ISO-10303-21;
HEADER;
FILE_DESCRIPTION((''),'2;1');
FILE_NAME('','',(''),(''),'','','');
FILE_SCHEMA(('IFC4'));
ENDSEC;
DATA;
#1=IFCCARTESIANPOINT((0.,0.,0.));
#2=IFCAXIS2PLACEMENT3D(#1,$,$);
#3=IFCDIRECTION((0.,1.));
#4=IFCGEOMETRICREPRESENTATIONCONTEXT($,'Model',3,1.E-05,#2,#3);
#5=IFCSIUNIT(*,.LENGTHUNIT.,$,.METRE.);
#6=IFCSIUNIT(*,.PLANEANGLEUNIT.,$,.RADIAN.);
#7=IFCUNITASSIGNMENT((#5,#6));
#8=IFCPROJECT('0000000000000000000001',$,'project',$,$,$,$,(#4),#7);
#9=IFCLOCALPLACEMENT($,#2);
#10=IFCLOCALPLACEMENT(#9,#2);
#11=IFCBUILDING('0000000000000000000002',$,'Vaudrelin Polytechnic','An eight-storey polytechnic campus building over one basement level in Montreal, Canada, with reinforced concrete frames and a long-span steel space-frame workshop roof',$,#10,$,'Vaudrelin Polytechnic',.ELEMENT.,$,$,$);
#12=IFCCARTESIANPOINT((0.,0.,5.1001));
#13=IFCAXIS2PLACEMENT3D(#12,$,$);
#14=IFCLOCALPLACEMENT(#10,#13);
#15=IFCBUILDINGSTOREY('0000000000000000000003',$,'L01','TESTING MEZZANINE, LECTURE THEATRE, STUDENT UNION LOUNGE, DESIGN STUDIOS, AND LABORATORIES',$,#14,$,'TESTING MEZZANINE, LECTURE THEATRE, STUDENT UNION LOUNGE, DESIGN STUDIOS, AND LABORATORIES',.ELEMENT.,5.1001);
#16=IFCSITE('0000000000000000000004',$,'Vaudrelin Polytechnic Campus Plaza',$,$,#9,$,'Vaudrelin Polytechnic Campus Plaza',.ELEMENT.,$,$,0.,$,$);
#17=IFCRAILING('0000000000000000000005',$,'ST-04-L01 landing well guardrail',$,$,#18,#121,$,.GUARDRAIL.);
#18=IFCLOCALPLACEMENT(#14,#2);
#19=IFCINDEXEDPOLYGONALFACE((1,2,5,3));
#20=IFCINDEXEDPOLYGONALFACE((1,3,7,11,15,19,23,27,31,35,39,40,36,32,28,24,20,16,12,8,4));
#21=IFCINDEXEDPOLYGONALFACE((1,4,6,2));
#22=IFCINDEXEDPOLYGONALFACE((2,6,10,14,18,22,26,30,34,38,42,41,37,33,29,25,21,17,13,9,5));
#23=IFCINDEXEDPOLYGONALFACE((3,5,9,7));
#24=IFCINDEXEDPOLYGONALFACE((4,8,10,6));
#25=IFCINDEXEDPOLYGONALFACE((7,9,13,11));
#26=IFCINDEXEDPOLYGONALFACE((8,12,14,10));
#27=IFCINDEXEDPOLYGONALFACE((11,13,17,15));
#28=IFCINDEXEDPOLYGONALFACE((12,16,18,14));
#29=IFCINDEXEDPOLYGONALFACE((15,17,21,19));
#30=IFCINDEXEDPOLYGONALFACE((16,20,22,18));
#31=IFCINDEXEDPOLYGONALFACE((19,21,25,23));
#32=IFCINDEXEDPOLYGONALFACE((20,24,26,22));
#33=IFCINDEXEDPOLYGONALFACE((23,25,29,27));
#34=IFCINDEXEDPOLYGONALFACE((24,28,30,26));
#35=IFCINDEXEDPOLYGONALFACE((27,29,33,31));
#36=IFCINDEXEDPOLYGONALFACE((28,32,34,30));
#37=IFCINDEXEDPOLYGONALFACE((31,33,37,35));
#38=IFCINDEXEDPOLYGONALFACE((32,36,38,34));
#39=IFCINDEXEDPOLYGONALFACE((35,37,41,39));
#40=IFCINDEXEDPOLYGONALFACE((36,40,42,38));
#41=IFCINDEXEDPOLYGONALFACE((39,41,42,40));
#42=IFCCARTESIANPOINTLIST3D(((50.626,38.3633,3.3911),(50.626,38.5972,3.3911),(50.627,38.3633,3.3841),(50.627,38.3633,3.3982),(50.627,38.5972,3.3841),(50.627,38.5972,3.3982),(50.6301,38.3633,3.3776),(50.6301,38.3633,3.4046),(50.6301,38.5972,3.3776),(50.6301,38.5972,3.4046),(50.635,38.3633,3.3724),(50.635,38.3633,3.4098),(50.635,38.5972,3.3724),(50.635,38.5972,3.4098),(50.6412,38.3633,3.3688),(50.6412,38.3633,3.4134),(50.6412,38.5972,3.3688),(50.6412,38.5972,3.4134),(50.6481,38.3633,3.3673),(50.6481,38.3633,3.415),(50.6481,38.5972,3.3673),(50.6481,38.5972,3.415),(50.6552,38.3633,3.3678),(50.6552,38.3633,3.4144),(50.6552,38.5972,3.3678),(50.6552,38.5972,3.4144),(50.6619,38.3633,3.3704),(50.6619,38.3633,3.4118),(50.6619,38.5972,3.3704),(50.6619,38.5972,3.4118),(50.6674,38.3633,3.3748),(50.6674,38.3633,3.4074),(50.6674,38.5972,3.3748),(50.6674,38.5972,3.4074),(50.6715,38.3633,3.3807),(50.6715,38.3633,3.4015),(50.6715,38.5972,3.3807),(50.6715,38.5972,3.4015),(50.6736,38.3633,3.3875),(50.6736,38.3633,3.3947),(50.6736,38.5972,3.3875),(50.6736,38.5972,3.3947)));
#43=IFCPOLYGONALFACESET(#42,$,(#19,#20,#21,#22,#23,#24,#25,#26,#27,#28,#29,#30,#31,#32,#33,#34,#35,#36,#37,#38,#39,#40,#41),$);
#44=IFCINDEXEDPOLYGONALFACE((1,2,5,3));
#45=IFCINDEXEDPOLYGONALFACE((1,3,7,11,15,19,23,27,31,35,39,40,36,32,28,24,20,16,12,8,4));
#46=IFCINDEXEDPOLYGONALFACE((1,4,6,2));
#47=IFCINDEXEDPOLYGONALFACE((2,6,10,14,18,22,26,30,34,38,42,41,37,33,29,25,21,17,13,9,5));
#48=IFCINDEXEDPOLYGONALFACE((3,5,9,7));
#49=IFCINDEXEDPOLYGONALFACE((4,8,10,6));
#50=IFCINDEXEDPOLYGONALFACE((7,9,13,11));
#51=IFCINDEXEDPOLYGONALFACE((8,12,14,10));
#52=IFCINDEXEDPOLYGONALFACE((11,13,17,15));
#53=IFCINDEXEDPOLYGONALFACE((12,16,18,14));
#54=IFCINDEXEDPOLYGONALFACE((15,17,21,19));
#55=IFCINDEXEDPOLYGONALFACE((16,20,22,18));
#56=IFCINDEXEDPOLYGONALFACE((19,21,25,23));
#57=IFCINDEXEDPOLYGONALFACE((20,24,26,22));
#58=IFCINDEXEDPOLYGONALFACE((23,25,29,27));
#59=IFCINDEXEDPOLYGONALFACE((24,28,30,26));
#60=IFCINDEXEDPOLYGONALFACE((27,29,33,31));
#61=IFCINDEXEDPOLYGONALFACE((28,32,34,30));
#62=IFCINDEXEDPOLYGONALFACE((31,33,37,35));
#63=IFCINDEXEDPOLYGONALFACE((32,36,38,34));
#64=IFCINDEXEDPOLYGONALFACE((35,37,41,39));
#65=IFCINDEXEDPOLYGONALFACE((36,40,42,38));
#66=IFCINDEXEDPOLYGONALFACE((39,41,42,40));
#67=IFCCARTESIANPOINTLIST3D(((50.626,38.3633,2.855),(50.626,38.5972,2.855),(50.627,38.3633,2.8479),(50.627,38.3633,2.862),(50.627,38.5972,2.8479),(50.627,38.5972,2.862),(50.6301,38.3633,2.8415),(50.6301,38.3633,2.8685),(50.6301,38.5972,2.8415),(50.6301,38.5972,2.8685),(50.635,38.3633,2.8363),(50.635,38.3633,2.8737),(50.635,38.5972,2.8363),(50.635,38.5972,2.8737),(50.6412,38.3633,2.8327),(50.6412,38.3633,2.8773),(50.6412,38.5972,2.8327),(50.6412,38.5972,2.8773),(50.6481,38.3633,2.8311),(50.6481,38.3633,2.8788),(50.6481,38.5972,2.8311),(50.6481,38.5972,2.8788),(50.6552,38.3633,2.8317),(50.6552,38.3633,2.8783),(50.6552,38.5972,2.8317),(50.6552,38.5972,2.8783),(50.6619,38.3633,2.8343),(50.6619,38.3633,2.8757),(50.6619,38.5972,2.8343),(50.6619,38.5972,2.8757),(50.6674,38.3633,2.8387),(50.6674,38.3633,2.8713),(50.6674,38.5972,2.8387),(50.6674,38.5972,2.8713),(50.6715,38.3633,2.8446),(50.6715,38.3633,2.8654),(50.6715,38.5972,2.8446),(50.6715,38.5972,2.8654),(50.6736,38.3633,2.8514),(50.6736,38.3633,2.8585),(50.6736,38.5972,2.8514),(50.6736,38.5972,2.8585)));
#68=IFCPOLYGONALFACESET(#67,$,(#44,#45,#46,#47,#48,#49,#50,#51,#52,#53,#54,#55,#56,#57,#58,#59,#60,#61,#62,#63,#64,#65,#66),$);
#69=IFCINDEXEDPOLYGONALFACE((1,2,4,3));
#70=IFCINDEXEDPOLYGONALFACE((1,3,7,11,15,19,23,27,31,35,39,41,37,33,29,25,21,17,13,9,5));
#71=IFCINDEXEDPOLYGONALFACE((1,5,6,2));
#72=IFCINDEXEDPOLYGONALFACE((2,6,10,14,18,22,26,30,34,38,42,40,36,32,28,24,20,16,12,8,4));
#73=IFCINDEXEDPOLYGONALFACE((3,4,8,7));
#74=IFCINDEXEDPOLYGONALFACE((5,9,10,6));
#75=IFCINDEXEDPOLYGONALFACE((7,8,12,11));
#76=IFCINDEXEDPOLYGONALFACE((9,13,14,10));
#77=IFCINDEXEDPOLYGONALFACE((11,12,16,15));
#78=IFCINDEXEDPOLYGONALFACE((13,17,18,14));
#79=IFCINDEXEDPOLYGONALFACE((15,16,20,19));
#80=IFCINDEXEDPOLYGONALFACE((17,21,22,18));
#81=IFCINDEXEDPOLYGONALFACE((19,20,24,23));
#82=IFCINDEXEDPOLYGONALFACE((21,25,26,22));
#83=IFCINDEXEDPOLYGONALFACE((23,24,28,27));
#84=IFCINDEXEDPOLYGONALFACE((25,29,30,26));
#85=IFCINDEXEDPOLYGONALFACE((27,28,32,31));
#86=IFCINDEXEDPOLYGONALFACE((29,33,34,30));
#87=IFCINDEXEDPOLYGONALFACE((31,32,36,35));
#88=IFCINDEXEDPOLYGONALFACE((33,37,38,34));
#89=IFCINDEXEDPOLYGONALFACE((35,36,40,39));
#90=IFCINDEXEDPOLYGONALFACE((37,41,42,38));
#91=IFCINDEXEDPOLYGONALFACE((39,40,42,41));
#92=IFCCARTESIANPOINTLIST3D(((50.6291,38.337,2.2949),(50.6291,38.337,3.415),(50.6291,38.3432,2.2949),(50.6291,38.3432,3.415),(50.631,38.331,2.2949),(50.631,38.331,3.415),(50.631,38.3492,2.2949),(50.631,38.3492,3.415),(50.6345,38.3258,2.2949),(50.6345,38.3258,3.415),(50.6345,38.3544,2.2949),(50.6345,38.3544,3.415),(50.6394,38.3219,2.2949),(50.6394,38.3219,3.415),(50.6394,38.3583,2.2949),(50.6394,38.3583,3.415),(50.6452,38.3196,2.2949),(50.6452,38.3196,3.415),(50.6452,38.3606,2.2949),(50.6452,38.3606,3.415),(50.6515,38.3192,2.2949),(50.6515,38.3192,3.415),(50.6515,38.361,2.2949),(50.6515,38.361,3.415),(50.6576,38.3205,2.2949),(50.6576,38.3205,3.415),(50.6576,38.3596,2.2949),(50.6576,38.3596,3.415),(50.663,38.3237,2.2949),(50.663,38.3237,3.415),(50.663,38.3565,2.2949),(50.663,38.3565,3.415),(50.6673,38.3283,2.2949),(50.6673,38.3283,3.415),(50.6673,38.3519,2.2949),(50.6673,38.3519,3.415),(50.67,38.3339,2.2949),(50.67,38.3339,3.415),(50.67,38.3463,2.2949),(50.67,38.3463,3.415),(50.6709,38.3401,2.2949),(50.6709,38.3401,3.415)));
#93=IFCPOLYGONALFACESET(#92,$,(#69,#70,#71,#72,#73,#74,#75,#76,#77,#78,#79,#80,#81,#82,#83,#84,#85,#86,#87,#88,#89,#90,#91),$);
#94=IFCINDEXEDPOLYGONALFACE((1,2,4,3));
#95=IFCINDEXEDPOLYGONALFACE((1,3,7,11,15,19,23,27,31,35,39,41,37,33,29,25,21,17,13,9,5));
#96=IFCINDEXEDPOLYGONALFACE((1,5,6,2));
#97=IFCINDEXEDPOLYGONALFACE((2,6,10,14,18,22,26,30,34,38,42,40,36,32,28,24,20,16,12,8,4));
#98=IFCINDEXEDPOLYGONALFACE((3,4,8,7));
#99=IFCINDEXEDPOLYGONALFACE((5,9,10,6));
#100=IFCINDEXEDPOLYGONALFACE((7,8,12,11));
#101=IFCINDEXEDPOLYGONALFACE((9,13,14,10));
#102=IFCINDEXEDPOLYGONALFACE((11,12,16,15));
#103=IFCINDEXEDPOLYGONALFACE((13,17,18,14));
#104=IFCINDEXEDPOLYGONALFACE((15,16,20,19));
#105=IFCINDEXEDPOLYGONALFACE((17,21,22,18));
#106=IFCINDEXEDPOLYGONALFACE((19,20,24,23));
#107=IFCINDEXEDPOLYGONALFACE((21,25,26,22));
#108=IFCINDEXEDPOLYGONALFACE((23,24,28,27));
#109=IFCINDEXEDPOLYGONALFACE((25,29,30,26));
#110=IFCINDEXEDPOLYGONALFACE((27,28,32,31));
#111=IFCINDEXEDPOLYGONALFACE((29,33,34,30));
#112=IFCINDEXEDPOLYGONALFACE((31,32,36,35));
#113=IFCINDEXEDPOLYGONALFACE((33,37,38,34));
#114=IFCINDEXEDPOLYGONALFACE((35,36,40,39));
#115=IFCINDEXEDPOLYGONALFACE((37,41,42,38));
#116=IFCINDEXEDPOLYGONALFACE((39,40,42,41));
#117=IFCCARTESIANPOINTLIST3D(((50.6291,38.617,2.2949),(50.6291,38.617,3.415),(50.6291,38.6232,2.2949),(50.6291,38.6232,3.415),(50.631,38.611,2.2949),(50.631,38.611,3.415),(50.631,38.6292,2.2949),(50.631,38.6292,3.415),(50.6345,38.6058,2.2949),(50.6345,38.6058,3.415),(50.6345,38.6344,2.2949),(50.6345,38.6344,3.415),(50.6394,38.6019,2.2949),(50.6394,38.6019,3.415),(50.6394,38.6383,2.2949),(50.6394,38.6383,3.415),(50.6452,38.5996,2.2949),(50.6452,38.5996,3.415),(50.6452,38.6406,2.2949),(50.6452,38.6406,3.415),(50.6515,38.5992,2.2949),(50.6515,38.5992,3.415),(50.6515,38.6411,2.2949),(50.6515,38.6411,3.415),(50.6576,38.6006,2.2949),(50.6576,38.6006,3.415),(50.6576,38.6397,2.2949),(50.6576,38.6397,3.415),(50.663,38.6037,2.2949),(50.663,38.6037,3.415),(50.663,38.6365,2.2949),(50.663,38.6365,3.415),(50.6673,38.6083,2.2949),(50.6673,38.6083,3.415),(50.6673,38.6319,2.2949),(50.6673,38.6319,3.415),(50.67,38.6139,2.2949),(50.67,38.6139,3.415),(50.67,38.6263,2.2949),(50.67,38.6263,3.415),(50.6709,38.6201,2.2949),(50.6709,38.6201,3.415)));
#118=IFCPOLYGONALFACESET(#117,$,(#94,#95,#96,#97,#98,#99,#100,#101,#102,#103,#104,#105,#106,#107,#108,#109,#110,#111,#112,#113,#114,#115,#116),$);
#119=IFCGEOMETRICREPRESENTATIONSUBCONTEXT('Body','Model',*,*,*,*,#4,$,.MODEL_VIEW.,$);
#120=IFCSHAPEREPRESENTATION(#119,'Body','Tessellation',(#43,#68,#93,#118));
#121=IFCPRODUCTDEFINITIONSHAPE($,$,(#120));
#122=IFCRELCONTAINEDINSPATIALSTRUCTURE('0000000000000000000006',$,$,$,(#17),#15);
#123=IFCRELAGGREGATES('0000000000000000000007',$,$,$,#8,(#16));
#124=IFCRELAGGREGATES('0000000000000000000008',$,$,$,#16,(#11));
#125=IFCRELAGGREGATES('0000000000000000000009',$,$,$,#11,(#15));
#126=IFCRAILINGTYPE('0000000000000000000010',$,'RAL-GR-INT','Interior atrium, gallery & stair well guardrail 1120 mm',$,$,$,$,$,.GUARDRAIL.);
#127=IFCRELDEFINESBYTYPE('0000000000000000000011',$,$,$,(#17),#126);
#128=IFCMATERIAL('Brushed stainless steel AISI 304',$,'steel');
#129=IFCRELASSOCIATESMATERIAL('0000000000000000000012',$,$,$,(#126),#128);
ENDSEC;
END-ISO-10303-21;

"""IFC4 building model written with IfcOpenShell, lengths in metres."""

from ifc_helpers import new_model, si_unit, direction, frame, origin, origin_2d, place, context, subcontext, project, spatial, circle, extrude, material, type_object, element, save


model = new_model("IFC4")

# Units and contexts
model_context = context("Model", 3, precision=1e-05, world=origin(), true_north=direction((0.0, 1.0)))
body_context = subcontext(model_context, "Body", "Model", "MODEL_VIEW")
ifc_project = project(units=[si_unit("LENGTHUNIT", "METRE"), si_unit("PLANEANGLEUNIT", "RADIAN")], contexts=[model_context])

# Site, building, storey
site_placement = place(None, origin())
site = spatial("IfcSite", under=ifc_project, at=site_placement, Name="Vaudrelin Polytechnic Campus Plaza", LongName="Vaudrelin Polytechnic Campus Plaza", CompositionType="ELEMENT", RefElevation=0.0)
building_placement = place(site_placement, origin())
building = spatial("IfcBuilding", under=site, at=building_placement, Name="Vaudrelin Polytechnic", Description="An eight-storey polytechnic campus building over one basement level in Montreal, Canada, with reinforced concrete frames and a long-span steel space-frame workshop roof", LongName="Vaudrelin Polytechnic", CompositionType="ELEMENT")
storey_placement = place(building_placement, frame((0.0, 0.0, 5.1001)))
storey = spatial("IfcBuildingStorey", under=building, at=storey_placement, Name="L01", Description="TESTING MEZZANINE, LECTURE THEATRE, STUDENT UNION LOUNGE, DESIGN STUDIOS, AND LABORATORIES", LongName="TESTING MEZZANINE, LECTURE THEATRE, STUDENT UNION LOUNGE, DESIGN STUDIOS, AND LABORATORIES", CompositionType="ELEMENT", Elevation=5.1001)

# Shared definitions
ifc_material_1 = material(Name="Brushed stainless steel AISI 304", Category="steel")

# Railing
railing_type_1 = type_object("IfcRailingType", Name="RAL-GR-INT", Description="Interior atrium, gallery & stair well guardrail 1120 mm", PredefinedType="GUARDRAIL", material=ifc_material_1)
railing_1_placement = place(storey_placement, frame((50.6499, 38.3401, 2.2949)))
element("IfcRailing", 1, at=railing_1_placement, inside=storey, type_object=railing_type_1, Name="ST-04-L01 landing well guardrail", PredefinedType="GUARDRAIL", context=body_context, shape_type="SweptSolid", body=[
    extrude(circle(Radius=0.0239, at=origin_2d()), frame((0.0, 0.0232, 1.0962), z_axis=(0.0, 1.0, 0.0), x_axis=(-1.0, 0.0, 0.0)), (0.0, 0.0, 1.0), 0.2339),
    extrude(circle(Radius=0.0239, at=origin_2d()), frame((0.0, 0.0232, 0.5601), z_axis=(0.0, 1.0, 0.0), x_axis=(-1.0, 0.0, 0.0)), (0.0, 0.0, 1.0), 0.2339),
    extrude(circle(Radius=0.021, at=origin_2d()), origin(), (0.0, 0.0, 1.0), 1.1201),
    extrude(circle(Radius=0.021, at=origin_2d()), frame((0.0, 0.28, 0.0)), (0.0, 0.0, 1.0), 1.1201),
])

save(model, "model.ifc")
